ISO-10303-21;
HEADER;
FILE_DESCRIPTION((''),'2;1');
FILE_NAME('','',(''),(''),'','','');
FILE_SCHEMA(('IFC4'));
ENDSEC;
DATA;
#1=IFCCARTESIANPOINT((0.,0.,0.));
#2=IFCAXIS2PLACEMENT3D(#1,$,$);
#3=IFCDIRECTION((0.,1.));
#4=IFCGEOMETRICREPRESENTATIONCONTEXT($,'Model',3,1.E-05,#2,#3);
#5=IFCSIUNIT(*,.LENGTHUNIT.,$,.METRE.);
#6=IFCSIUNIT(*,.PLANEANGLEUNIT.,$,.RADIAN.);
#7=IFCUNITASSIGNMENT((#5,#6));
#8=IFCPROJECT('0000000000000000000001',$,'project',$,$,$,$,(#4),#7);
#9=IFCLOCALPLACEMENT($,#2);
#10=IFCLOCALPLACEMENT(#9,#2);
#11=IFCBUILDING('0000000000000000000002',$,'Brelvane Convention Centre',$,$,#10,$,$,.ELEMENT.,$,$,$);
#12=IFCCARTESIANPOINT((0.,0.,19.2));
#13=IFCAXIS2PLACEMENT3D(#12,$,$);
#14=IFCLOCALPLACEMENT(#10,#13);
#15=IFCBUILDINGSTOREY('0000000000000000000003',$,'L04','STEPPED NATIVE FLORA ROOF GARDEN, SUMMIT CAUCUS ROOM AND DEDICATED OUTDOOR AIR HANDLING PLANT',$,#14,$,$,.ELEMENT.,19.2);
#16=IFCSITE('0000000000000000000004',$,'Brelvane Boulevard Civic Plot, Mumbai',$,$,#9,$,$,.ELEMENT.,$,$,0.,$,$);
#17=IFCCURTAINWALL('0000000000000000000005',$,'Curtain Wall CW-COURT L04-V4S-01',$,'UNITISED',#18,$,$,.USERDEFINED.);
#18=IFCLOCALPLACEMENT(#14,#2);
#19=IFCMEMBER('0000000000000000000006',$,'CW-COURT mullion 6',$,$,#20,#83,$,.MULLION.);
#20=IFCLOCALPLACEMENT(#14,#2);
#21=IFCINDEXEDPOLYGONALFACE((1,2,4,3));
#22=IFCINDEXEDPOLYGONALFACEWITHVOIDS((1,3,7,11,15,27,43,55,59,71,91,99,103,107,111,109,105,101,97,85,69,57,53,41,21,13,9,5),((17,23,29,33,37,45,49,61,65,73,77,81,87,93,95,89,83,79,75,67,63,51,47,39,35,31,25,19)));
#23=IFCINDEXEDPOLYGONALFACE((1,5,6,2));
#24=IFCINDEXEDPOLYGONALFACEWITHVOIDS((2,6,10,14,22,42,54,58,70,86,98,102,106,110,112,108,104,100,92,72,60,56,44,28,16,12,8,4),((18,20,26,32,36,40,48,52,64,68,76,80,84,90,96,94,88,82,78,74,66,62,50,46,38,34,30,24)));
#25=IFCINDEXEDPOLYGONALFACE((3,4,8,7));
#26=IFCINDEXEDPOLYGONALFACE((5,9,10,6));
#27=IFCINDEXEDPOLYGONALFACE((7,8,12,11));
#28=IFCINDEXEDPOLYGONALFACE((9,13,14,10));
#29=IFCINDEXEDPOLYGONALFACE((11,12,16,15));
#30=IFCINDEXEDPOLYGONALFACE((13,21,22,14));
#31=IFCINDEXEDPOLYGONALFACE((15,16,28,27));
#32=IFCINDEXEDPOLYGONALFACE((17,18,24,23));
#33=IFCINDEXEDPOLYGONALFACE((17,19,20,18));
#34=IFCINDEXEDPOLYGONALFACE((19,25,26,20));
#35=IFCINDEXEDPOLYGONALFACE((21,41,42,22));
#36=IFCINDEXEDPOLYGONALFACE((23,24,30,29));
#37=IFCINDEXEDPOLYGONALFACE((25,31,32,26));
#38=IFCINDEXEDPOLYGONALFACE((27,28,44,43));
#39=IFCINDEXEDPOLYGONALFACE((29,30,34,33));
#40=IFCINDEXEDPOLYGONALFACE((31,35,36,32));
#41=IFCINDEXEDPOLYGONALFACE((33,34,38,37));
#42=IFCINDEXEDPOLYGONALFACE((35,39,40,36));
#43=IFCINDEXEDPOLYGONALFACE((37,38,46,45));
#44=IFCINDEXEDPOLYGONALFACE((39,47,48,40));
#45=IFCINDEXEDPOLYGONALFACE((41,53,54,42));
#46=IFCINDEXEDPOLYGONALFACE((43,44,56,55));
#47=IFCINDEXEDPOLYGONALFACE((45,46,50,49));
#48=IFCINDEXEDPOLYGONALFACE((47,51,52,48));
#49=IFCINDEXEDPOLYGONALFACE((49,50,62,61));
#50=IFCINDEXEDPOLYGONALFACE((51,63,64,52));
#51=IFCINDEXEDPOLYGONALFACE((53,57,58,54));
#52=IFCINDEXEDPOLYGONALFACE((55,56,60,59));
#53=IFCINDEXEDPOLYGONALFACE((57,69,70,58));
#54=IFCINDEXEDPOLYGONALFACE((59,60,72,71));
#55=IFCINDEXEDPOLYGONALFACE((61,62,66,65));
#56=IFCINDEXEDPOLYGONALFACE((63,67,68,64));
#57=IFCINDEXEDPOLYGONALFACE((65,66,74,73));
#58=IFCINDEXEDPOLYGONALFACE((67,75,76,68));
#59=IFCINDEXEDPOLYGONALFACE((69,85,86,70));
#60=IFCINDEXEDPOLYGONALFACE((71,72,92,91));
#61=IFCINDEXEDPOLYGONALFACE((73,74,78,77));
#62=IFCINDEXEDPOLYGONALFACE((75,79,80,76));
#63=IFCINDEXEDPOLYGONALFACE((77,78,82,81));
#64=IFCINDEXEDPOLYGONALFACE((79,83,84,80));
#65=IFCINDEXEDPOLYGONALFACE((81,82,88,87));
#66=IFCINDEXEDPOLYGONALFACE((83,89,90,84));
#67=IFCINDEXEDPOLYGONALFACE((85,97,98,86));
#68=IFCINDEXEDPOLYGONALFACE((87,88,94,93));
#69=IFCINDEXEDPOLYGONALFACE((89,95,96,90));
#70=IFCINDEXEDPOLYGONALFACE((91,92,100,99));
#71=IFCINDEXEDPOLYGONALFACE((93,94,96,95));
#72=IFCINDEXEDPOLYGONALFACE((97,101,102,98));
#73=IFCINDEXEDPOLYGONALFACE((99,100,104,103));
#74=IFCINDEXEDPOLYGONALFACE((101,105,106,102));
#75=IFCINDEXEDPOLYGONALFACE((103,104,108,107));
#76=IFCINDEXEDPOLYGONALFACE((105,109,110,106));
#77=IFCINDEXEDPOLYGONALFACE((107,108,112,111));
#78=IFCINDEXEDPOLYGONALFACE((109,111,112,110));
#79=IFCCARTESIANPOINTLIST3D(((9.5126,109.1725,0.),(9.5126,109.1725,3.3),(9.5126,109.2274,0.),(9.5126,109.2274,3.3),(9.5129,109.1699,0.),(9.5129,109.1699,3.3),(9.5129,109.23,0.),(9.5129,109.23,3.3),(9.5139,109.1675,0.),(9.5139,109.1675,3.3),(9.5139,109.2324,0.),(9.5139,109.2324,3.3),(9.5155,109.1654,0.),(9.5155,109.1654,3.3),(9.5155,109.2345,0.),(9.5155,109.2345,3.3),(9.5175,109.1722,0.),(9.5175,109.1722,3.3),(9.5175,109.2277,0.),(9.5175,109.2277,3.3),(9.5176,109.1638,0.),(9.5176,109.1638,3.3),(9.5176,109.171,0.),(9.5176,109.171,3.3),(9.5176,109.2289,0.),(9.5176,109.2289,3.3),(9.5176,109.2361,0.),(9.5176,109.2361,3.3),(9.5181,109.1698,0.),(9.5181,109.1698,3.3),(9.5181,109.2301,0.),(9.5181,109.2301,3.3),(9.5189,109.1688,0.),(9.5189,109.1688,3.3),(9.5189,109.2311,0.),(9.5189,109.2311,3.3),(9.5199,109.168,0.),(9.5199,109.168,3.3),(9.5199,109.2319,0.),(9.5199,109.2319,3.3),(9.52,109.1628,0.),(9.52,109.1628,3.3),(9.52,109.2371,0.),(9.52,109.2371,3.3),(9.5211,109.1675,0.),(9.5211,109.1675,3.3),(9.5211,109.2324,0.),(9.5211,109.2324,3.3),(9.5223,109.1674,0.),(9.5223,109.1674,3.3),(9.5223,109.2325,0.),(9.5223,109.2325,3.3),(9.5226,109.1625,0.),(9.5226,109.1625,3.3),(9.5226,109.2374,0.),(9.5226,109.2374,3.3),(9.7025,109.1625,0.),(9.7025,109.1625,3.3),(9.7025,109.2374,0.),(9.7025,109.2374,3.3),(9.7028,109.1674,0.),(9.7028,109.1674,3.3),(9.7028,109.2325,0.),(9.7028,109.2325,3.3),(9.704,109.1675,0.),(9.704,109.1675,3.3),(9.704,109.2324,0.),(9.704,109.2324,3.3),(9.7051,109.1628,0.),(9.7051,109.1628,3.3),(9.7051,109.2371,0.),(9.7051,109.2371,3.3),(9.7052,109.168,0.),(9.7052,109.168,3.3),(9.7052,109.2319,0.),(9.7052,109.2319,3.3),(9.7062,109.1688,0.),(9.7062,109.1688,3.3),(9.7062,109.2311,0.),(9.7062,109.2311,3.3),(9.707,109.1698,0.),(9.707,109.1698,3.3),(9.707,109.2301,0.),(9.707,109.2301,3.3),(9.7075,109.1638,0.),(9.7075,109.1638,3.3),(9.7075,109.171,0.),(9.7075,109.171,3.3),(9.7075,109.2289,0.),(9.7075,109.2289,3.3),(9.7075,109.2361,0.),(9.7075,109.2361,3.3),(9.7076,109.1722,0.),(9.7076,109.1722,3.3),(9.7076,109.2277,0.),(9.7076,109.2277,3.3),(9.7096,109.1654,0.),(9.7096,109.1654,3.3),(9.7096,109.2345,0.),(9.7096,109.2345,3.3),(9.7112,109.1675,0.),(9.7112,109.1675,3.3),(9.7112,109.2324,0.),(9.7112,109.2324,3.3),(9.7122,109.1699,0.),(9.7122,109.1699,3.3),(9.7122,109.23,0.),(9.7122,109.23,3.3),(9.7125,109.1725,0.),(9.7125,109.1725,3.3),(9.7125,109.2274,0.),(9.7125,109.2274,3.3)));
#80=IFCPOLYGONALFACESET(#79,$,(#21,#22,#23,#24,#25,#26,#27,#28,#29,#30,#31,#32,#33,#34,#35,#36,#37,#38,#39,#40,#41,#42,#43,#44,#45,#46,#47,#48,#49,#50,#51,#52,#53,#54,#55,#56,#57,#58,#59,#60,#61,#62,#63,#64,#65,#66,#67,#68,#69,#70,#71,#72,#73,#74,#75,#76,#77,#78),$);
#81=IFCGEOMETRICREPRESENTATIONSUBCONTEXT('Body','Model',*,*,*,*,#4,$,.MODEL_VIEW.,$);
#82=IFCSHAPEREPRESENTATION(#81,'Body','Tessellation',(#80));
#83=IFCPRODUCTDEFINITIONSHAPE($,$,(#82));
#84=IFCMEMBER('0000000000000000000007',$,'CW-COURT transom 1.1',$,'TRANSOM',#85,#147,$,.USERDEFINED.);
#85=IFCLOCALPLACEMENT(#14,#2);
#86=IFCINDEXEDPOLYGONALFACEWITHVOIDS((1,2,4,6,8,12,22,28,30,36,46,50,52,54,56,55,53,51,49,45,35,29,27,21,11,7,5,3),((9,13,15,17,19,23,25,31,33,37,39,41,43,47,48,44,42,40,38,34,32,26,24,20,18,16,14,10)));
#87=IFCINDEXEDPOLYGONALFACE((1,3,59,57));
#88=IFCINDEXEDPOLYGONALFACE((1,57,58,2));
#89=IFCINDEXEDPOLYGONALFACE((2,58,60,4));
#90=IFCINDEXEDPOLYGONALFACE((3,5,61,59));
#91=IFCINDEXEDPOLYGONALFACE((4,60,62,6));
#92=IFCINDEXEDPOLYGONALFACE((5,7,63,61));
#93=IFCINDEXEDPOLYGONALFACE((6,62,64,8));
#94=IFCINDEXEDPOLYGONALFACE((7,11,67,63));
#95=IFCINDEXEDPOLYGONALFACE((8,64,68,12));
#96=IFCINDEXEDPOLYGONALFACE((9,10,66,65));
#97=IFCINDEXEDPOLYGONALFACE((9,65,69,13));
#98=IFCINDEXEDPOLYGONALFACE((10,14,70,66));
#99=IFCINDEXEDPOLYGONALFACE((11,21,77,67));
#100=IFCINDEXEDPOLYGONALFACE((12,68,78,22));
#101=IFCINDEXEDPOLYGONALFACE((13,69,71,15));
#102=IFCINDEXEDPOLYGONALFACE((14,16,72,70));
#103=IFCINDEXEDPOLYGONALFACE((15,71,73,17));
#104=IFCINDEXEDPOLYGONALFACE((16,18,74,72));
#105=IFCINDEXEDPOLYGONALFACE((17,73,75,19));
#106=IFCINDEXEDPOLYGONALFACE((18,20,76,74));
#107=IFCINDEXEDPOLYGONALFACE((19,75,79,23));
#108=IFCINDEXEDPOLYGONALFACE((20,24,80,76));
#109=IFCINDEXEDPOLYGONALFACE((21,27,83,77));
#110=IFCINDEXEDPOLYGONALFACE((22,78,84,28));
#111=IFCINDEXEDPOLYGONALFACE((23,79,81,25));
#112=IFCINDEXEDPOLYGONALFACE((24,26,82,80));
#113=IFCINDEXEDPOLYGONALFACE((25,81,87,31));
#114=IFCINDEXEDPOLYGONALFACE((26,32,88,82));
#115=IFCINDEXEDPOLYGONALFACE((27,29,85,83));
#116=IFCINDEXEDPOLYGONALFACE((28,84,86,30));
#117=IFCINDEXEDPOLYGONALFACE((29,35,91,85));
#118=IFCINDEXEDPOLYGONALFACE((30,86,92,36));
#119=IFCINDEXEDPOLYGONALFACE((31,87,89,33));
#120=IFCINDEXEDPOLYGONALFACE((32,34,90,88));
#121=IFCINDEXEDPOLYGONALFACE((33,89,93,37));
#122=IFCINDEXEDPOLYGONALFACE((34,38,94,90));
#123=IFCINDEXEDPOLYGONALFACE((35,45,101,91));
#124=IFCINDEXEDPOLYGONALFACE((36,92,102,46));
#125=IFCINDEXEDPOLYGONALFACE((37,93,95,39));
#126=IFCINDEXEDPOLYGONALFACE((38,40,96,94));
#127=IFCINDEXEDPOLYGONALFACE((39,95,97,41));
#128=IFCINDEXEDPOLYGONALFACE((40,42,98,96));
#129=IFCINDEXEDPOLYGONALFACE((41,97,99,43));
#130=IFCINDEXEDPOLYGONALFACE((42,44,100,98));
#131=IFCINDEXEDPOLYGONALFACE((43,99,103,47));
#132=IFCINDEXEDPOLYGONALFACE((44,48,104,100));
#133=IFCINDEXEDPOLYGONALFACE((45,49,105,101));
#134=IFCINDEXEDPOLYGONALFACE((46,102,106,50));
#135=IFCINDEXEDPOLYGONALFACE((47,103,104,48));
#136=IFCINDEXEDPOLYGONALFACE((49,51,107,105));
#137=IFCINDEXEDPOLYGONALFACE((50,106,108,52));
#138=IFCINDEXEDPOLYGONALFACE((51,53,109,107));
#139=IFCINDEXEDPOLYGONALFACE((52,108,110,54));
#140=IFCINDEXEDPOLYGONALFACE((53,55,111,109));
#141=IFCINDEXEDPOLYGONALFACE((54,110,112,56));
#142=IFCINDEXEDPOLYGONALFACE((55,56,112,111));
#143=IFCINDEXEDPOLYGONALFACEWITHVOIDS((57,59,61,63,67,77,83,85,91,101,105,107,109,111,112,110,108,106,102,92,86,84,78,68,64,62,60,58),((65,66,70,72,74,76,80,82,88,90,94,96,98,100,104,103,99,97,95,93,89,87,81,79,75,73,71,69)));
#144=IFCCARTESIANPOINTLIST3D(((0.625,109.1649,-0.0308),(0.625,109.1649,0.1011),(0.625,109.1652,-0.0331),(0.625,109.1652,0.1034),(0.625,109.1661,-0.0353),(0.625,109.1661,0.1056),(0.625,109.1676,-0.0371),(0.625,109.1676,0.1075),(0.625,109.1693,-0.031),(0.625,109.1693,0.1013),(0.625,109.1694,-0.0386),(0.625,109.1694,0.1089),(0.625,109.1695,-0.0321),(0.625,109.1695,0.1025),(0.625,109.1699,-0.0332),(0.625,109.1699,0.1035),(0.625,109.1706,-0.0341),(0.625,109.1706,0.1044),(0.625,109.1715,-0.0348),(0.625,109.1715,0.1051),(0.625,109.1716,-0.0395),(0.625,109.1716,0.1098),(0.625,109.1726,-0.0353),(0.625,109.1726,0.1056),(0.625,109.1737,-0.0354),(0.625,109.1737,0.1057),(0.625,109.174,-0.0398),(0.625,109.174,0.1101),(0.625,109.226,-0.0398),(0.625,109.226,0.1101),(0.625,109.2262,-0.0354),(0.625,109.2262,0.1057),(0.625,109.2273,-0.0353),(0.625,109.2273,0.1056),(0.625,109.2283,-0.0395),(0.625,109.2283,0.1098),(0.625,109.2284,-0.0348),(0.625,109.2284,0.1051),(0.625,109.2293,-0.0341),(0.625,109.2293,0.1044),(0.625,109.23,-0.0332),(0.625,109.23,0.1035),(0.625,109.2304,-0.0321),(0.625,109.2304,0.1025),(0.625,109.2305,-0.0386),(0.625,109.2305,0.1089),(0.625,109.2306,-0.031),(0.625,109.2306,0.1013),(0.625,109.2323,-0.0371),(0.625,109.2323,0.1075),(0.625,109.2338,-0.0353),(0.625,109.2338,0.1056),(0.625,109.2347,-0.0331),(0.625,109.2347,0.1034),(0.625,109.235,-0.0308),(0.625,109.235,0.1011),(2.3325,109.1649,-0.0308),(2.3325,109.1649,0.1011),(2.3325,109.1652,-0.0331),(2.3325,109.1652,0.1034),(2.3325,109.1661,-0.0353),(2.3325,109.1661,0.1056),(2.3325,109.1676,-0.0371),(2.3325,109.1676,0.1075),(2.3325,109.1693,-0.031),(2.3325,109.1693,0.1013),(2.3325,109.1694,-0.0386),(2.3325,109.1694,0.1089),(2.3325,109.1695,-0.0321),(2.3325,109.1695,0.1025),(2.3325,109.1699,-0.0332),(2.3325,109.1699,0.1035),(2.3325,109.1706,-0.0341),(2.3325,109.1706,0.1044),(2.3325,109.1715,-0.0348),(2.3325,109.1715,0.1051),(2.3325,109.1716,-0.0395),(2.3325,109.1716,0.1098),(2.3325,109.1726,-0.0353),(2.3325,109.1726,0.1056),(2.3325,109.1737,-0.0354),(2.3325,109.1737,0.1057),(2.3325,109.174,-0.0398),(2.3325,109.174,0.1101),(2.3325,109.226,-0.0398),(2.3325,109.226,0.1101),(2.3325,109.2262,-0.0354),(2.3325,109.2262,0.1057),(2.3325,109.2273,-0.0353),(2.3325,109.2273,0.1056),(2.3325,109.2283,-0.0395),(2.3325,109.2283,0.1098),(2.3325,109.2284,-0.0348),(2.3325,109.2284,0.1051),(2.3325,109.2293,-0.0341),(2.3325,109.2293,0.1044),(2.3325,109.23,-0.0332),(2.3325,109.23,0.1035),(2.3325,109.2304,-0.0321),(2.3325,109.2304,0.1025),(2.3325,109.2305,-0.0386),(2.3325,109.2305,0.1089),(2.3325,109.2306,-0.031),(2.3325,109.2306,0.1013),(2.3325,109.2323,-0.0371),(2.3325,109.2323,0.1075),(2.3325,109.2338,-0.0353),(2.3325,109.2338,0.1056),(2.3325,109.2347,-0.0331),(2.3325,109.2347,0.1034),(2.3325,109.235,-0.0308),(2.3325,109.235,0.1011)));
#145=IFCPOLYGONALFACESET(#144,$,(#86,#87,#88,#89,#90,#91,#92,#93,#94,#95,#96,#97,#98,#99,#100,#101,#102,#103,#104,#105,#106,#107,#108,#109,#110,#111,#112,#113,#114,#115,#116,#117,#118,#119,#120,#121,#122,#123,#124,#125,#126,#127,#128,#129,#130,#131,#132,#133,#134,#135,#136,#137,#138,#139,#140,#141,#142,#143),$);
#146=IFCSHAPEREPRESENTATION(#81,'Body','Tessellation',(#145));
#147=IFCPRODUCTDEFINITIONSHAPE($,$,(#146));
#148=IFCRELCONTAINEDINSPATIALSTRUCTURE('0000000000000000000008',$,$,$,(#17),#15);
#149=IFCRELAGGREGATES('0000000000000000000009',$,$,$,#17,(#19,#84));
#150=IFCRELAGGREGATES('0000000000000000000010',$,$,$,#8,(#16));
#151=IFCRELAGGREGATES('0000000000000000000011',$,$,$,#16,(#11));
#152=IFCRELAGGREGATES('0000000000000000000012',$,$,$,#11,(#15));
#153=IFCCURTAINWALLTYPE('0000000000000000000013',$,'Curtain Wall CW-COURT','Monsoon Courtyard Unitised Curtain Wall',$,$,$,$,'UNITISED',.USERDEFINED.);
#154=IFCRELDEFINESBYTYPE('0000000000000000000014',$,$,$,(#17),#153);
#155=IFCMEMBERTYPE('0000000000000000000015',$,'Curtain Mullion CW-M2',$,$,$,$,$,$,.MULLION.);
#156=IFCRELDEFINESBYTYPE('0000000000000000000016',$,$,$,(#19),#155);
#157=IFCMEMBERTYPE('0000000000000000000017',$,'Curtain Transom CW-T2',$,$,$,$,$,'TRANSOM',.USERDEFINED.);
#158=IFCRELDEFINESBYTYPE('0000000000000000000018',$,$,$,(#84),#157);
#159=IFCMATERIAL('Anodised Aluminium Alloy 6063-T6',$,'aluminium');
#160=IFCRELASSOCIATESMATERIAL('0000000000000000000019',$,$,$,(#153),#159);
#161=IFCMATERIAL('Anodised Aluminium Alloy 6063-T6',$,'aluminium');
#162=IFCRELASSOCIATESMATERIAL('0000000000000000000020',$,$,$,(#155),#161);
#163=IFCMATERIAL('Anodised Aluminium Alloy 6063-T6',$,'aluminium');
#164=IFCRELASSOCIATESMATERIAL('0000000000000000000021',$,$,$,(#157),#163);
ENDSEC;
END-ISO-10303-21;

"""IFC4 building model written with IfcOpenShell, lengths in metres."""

from ifc_helpers import new_model, si_unit, direction, frame, origin, origin_2d, place, context, subcontext, project, spatial, hollow_rectangle, extrude, material, material_profile, profile_set, type_object, element, aggregate, save


model = new_model("IFC4")

# Units and contexts
model_context = context("Model", 3, precision=1e-05, world=origin(), true_north=direction((0.0, 1.0)))
body_context = subcontext(model_context, "Body", "Model", "MODEL_VIEW")
ifc_project = project(units=[si_unit("LENGTHUNIT", "METRE"), si_unit("PLANEANGLEUNIT", "RADIAN")], contexts=[model_context])

# Site, building, storey
site_placement = place(None, origin())
site = spatial("IfcSite", under=ifc_project, at=site_placement, Name="Brelvane Boulevard Civic Plot, Mumbai", CompositionType="ELEMENT", RefElevation=0.0)
building_placement = place(site_placement, origin())
building = spatial("IfcBuilding", under=site, at=building_placement, Name="Brelvane Convention Centre", CompositionType="ELEMENT")
storey_placement = place(building_placement, frame((0.0, 0.0, 19.2)))
storey = spatial("IfcBuildingStorey", under=building, at=storey_placement, Name="L04", Description="STEPPED NATIVE FLORA ROOF GARDEN, SUMMIT CAUCUS ROOM AND DEDICATED OUTDOOR AIR HANDLING PLANT", CompositionType="ELEMENT", Elevation=19.2)

# Curtain wall, members
ifc_material_1 = material(Name="Anodised Aluminium Alloy 6063-T6", Category="aluminium")
curtain_wall_type = type_object("IfcCurtainWallType", Name="Curtain Wall CW-COURT", Description="Monsoon Courtyard Unitised Curtain Wall", ElementType="UNITISED", PredefinedType="USERDEFINED", material=ifc_material_1)
curtain_wall_placement = place(storey_placement, origin())
curtain_wall = element("IfcCurtainWall", 1, at=curtain_wall_placement, inside=storey, type_object=curtain_wall_type, Name="Curtain Wall CW-COURT L04-V4S-01", ObjectType="UNITISED", PredefinedType="USERDEFINED")
ifc_material_2 = material(Name="Anodised Aluminium Alloy 6063-T6", Category="aluminium")
ifc_material_profile_1 = material_profile(ifc_material_2, hollow_rectangle(XDim=0.075, YDim=0.2, WallThickness=0.0049, InnerFilletRadius=0.0049, OuterFilletRadius=0.01, at=origin_2d()), Name="ALU-M 200x75x5.0")
ifc_profile_set_1 = profile_set([ifc_material_profile_1], Name="Anodised Aluminium Alloy 6063-T6")
member_type_1 = type_object("IfcMemberType", Name="Curtain Mullion CW-M2", PredefinedType="MULLION", material=ifc_profile_set_1)
member_1_placement = place(storey_placement, frame((9.6125, 109.2, 0.0), z_axis=(0.0, 0.0, 1.0), x_axis=(0.0, 1.0, 0.0)))
member_1 = element("IfcMember", 2, at=member_1_placement, type_object=member_type_1, Name="CW-COURT mullion 6", PredefinedType="MULLION", context=body_context, shape_type="SweptSolid", body=[
    extrude(hollow_rectangle(XDim=0.075, YDim=0.2, WallThickness=0.0049, InnerFilletRadius=0.0049, OuterFilletRadius=0.01, at=origin_2d()), origin(), (0.0, 0.0, 1.0), 3.3),
])
ifc_material_3 = material(Name="Anodised Aluminium Alloy 6063-T6", Category="aluminium")
ifc_material_profile_2 = material_profile(ifc_material_3, hollow_rectangle(XDim=0.0701, YDim=0.1499, WallThickness=0.0044, InnerFilletRadius=0.0044, OuterFilletRadius=0.009, at=origin_2d()), Name="ALU-T 150x70x4.5")
ifc_profile_set_2 = profile_set([ifc_material_profile_2], Name="Anodised Aluminium Alloy 6063-T6")
member_type_2 = type_object("IfcMemberType", Name="Curtain Transom CW-T2", ElementType="TRANSOM", PredefinedType="USERDEFINED", material=ifc_profile_set_2)
member_2_placement = place(storey_placement, frame((0.625, 109.2, 0.0352), z_axis=(1.0, 0.0, 0.0), x_axis=(0.0, 1.0, 0.0)))
member_2 = element("IfcMember", 3, at=member_2_placement, type_object=member_type_2, Name="CW-COURT transom 1.1", ObjectType="TRANSOM", PredefinedType="USERDEFINED", context=body_context, shape_type="SweptSolid", body=[
    extrude(hollow_rectangle(XDim=0.0701, YDim=0.1499, WallThickness=0.0044, InnerFilletRadius=0.0044, OuterFilletRadius=0.009, at=origin_2d()), origin(), (0.0, 0.0, 1.0), 1.7075),
])
aggregate(curtain_wall, [member_1, member_2])

save(model, "model.ifc")
